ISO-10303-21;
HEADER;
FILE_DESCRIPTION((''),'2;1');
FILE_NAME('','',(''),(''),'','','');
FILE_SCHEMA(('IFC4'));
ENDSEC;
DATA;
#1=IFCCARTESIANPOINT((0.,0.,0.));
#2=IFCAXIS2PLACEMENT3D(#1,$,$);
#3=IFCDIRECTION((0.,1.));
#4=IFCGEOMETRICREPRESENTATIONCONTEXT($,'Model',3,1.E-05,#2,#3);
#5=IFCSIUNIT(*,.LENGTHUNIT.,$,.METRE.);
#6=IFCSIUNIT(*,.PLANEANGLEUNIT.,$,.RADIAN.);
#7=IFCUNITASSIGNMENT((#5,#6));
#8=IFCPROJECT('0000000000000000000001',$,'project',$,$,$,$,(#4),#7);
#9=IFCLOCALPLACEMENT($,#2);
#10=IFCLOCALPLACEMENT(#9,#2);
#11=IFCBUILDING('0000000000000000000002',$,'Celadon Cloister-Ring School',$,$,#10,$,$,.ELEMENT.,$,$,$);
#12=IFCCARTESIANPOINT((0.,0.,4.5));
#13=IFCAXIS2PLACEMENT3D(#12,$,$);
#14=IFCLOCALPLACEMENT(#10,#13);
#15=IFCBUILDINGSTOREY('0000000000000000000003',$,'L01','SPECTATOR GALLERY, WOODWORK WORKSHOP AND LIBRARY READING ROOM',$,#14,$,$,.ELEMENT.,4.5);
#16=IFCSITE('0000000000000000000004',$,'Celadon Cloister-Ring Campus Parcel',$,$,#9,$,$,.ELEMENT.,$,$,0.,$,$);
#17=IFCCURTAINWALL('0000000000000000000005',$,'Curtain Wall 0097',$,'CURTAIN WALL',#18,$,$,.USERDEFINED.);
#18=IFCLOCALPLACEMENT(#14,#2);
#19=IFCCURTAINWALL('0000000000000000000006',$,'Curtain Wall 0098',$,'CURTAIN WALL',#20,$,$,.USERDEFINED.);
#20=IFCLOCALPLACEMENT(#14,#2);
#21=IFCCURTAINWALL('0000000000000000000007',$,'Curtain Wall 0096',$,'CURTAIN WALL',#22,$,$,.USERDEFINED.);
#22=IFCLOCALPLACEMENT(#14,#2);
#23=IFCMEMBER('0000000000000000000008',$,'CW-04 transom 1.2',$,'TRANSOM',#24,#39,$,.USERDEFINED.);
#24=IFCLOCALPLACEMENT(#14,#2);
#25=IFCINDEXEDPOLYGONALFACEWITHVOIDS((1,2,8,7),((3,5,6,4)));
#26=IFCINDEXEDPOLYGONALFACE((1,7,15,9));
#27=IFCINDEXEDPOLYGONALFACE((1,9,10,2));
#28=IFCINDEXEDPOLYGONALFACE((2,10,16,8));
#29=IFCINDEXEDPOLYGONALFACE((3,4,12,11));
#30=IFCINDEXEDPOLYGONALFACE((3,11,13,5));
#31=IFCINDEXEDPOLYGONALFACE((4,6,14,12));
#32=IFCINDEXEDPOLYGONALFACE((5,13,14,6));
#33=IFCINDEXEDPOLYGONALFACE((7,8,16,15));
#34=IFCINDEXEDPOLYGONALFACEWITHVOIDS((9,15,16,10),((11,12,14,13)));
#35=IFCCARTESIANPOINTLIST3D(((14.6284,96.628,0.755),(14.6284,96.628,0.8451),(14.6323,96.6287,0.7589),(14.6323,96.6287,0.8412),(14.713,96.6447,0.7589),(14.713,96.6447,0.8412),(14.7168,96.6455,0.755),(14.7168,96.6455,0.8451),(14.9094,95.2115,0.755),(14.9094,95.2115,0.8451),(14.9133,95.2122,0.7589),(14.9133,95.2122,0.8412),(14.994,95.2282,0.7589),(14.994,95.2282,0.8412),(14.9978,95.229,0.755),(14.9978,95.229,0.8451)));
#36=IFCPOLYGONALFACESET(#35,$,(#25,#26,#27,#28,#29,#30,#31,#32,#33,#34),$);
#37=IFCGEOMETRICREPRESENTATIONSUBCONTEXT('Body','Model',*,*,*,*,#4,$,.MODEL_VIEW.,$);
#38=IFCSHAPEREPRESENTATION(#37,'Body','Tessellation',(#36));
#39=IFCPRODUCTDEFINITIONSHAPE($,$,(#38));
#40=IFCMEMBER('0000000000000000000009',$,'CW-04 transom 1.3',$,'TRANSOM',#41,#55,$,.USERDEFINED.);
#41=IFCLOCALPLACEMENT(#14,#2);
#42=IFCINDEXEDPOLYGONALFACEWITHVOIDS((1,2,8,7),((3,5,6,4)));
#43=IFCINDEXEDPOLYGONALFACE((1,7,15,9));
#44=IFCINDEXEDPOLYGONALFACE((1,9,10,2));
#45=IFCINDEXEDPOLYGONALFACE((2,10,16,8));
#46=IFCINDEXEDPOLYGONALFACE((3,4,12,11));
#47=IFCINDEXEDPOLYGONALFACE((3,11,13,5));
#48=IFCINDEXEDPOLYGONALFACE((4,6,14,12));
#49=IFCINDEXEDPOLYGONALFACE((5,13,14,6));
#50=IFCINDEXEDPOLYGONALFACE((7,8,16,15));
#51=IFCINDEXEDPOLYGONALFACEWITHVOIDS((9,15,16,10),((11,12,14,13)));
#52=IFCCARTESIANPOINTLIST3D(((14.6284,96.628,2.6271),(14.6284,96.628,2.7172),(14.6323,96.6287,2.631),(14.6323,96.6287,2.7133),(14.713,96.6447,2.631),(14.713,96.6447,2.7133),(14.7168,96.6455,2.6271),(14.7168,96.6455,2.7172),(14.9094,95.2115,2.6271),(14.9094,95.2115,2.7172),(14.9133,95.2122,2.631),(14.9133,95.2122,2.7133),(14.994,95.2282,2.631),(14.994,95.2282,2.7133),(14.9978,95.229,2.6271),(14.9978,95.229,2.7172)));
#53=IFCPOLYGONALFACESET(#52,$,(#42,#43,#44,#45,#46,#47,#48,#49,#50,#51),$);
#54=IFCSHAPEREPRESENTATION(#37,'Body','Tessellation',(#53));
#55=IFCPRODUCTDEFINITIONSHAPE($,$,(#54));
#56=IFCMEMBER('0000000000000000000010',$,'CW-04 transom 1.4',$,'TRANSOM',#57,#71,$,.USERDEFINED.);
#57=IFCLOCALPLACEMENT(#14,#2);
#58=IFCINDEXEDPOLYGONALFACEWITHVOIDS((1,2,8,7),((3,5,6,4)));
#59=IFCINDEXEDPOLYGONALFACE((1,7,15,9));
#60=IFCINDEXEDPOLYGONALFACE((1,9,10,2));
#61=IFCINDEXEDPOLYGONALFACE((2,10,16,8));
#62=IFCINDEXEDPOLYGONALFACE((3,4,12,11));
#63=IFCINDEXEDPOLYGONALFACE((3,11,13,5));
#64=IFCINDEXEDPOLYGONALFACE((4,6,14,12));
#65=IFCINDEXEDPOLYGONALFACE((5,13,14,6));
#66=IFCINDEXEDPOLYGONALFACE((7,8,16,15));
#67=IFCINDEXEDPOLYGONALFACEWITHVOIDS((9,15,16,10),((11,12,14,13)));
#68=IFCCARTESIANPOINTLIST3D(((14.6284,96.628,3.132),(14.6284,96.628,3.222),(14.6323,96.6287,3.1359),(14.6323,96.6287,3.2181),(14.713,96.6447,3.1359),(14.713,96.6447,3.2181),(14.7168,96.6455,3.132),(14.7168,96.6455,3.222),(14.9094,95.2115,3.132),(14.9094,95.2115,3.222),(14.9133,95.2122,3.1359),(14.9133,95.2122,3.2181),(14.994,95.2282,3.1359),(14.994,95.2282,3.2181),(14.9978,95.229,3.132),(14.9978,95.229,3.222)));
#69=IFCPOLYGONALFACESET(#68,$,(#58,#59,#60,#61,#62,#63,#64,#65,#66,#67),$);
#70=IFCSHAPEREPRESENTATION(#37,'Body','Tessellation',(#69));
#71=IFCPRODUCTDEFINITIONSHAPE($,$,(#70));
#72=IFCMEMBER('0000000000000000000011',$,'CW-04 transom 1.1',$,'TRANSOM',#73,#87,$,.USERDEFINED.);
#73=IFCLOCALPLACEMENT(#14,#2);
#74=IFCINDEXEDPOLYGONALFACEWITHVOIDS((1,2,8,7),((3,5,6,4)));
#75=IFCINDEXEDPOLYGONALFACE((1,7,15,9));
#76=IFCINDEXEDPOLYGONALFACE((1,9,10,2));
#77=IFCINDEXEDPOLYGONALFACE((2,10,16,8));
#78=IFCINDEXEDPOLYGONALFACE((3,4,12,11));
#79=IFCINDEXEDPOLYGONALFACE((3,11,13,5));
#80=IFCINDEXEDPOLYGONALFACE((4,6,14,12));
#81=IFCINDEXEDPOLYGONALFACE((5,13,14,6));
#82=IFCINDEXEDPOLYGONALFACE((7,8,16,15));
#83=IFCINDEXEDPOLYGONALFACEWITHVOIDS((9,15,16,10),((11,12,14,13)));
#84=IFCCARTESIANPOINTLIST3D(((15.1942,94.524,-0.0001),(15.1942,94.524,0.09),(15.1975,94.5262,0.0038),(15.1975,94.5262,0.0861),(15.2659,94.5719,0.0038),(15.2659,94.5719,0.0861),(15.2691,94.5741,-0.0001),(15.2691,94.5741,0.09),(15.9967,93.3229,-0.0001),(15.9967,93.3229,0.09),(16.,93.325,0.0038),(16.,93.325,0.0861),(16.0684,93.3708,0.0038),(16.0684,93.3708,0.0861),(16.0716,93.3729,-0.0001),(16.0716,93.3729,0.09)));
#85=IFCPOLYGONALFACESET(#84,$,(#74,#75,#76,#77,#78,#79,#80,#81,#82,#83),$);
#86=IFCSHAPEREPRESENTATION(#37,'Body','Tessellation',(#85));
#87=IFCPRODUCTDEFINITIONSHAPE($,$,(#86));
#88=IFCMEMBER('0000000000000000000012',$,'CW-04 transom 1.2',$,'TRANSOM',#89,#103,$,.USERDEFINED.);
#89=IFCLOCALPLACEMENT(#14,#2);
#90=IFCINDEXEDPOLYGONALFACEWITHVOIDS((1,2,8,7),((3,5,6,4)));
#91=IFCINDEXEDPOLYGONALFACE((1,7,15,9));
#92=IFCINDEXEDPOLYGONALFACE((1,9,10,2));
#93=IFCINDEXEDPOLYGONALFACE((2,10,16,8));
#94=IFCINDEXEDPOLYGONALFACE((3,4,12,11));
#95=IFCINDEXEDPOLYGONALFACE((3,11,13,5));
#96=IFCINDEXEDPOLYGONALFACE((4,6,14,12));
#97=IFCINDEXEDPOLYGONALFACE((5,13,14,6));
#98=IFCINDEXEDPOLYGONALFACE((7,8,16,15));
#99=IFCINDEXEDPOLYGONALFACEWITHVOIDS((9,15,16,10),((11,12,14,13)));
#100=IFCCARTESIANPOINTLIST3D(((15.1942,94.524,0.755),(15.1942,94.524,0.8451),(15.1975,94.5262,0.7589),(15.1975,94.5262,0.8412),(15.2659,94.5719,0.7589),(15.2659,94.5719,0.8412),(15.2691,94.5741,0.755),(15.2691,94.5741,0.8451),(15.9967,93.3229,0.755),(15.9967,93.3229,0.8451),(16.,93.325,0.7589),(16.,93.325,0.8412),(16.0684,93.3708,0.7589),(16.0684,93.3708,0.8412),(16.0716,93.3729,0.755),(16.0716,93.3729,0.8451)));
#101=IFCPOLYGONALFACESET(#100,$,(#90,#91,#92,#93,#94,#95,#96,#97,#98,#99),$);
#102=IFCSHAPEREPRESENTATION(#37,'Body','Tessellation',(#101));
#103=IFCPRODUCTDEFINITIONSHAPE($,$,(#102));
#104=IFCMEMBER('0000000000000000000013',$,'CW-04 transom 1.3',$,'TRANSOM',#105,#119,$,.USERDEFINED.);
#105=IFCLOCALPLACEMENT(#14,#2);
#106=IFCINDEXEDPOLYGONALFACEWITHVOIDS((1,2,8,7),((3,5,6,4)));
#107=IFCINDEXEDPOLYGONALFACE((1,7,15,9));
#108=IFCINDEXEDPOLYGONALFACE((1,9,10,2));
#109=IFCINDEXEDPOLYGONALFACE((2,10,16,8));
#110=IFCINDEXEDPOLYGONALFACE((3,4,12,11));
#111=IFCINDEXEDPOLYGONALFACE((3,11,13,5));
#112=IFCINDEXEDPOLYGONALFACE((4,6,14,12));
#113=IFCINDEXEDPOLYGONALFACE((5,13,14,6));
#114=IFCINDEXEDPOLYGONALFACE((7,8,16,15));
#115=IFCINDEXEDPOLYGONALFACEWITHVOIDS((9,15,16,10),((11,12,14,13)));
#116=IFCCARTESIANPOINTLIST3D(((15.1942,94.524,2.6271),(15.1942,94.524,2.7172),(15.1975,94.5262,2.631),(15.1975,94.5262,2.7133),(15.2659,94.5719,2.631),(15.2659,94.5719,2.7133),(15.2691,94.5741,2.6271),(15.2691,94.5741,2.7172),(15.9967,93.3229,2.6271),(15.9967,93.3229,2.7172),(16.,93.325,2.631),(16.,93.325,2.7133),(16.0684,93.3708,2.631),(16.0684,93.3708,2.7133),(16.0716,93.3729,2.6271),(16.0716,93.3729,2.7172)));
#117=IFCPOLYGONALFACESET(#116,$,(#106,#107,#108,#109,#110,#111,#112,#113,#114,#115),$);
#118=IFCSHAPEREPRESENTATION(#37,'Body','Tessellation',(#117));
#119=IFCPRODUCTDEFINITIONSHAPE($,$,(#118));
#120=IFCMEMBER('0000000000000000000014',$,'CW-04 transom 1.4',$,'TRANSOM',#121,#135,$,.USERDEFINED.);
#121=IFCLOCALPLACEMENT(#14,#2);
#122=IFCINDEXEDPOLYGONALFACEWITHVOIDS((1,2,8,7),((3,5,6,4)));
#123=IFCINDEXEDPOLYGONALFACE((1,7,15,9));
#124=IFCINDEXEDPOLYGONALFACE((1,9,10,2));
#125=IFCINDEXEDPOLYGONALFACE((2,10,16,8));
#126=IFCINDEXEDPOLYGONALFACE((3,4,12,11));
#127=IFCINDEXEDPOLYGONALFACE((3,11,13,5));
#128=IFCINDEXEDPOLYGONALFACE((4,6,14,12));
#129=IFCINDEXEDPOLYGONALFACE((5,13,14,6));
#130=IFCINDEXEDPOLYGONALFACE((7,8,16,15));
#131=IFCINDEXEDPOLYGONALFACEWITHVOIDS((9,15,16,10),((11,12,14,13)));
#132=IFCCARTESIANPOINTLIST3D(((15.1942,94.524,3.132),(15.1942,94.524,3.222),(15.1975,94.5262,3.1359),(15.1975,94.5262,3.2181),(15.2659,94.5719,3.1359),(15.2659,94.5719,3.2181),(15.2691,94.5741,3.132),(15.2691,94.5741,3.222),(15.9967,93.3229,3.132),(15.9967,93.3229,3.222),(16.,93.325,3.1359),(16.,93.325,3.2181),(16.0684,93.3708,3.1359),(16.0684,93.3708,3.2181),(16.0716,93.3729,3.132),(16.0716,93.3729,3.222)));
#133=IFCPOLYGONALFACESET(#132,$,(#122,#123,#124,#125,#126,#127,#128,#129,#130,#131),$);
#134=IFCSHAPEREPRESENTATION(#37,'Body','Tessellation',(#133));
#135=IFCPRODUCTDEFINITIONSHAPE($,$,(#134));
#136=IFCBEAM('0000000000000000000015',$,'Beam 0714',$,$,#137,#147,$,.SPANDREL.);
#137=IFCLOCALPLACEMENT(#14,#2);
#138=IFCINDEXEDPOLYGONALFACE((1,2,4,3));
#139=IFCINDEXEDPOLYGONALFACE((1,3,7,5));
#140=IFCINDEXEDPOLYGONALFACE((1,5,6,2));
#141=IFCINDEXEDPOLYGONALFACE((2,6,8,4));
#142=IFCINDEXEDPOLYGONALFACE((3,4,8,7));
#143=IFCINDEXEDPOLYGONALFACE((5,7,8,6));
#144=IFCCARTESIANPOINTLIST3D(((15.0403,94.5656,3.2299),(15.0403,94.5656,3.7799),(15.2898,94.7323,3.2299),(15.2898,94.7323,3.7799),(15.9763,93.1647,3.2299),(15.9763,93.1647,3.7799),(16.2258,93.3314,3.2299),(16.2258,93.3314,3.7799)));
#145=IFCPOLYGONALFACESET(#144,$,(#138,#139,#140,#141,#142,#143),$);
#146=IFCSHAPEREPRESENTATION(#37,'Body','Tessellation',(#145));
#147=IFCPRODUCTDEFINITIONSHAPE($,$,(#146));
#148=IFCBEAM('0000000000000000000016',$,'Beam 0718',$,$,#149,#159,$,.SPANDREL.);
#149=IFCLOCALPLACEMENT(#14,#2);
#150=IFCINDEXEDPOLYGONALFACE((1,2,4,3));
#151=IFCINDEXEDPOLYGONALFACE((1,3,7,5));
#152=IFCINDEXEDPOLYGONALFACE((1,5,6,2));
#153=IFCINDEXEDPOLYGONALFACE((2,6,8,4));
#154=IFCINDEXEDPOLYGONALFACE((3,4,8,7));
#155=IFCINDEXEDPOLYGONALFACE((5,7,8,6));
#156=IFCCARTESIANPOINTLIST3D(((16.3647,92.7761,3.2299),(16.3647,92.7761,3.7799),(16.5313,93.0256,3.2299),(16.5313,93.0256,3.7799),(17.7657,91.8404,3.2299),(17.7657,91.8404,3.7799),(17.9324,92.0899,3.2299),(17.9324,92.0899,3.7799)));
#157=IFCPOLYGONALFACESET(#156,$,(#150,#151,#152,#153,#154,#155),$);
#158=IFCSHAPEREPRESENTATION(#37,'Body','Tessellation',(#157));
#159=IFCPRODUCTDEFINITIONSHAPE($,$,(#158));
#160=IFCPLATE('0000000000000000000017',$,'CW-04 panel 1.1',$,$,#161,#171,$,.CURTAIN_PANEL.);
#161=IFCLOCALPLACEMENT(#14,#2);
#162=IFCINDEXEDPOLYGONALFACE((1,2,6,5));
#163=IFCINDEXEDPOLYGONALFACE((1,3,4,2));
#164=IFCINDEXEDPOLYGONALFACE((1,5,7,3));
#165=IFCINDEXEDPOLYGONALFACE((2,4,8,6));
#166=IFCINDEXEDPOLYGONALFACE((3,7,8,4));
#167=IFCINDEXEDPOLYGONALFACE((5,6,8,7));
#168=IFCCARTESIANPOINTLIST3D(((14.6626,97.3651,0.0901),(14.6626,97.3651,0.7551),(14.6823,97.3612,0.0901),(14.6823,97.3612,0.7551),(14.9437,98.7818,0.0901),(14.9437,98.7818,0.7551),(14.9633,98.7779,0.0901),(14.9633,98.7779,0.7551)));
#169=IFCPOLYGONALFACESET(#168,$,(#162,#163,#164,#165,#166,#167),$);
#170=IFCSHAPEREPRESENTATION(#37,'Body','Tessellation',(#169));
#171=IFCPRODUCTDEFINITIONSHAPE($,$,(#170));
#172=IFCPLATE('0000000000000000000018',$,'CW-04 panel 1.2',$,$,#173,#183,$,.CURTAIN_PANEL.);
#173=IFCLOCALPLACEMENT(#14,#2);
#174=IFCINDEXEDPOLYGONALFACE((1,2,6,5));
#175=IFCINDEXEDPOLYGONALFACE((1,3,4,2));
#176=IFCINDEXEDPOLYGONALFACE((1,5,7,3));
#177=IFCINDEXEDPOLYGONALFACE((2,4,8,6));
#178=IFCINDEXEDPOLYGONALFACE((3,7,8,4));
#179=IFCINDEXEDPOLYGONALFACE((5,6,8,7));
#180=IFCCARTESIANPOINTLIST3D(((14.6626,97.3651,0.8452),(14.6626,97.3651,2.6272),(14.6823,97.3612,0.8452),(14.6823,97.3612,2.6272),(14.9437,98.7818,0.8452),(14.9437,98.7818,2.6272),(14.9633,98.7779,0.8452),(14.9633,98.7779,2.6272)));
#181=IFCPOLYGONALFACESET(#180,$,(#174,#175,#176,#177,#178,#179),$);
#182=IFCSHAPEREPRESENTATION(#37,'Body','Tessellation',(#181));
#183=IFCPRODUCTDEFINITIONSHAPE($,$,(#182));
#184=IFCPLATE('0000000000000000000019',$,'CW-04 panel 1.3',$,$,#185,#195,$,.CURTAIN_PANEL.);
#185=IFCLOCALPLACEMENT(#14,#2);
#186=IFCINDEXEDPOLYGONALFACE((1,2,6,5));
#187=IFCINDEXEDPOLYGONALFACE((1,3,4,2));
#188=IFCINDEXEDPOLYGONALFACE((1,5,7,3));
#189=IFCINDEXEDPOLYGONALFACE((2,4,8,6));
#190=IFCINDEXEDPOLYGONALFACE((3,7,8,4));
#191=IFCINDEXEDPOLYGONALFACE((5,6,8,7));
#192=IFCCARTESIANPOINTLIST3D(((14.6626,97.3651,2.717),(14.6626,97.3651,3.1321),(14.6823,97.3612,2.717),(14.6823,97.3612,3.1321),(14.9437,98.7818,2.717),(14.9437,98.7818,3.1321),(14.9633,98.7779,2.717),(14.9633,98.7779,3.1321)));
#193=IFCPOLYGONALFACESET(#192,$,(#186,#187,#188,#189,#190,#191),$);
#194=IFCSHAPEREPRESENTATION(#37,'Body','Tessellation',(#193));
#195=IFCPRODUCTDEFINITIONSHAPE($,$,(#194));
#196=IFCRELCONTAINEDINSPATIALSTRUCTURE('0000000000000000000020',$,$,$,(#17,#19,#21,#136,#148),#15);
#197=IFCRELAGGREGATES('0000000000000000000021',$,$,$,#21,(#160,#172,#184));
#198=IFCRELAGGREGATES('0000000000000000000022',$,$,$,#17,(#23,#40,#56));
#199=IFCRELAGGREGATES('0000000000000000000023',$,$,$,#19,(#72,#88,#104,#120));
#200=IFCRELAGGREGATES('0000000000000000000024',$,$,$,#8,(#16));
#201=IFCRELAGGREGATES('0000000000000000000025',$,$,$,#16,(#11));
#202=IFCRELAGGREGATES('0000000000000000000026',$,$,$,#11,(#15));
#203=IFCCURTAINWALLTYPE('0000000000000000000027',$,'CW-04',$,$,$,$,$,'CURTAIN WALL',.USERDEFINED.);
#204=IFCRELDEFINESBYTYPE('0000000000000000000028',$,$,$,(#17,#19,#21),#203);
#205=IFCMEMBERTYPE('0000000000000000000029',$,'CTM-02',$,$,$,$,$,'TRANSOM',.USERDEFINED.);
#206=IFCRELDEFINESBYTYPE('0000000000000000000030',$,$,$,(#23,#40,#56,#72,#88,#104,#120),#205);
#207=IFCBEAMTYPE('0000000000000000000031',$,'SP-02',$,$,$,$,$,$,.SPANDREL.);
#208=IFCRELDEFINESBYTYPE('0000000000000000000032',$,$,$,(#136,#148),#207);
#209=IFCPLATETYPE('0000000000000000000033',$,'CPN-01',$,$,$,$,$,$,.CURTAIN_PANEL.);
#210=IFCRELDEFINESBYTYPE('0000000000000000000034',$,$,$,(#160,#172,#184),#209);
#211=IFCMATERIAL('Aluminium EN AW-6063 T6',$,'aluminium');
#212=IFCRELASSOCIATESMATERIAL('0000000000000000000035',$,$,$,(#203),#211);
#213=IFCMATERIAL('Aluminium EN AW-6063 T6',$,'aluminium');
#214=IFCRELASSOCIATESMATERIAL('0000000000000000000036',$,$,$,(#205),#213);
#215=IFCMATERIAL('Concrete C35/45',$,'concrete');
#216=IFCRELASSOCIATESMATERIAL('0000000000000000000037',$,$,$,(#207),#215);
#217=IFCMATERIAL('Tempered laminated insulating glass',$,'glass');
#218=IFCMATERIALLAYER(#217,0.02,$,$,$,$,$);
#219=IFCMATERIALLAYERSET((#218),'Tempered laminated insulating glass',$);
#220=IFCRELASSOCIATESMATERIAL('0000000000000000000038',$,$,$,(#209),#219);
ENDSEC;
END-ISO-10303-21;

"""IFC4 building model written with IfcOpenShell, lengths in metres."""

from ifc_helpers import new_model, si_unit, direction, frame, origin, origin_2d, place, context, subcontext, project, spatial, rectangle, hollow_rectangle, extrude, material, layer, layer_set, material_profile, profile_set, type_object, element, aggregate, save


model = new_model("IFC4")

# Units and contexts
model_context = context("Model", 3, precision=1e-05, world=origin(), true_north=direction((0.0, 1.0)))
body_context = subcontext(model_context, "Body", "Model", "MODEL_VIEW")
ifc_project = project(units=[si_unit("LENGTHUNIT", "METRE"), si_unit("PLANEANGLEUNIT", "RADIAN")], contexts=[model_context])

# Site, building, storey
site_placement = place(None, origin())
site = spatial("IfcSite", under=ifc_project, at=site_placement, Name="Celadon Cloister-Ring Campus Parcel", CompositionType="ELEMENT", RefElevation=0.0)
building_placement = place(site_placement, origin())
building = spatial("IfcBuilding", under=site, at=building_placement, Name="Celadon Cloister-Ring School", CompositionType="ELEMENT")
storey_placement = place(building_placement, frame((0.0, 0.0, 4.5)))
storey = spatial("IfcBuildingStorey", under=building, at=storey_placement, Name="L01", Description="SPECTATOR GALLERY, WOODWORK WORKSHOP AND LIBRARY READING ROOM", CompositionType="ELEMENT", Elevation=4.5)

# Curtain wall
ifc_material_1 = material(Name="Aluminium EN AW-6063 T6", Category="aluminium")
curtain_wall_type = type_object("IfcCurtainWallType", Name="CW-04", ElementType="CURTAIN WALL", PredefinedType="USERDEFINED", material=ifc_material_1)
curtain_wall_1_placement = place(storey_placement, origin())
curtain_wall_1 = element("IfcCurtainWall", 1, at=curtain_wall_1_placement, inside=storey, type_object=curtain_wall_type, Name="Curtain Wall 0097", ObjectType="CURTAIN WALL", PredefinedType="USERDEFINED")

# Curtain walls
curtain_wall_2_placement = place(storey_placement, origin())
curtain_wall_2 = element("IfcCurtainWall", 2, at=curtain_wall_2_placement, inside=storey, type_object=curtain_wall_type, Name="Curtain Wall 0098", ObjectType="CURTAIN WALL", PredefinedType="USERDEFINED")
curtain_wall_3_placement = place(storey_placement, origin())
curtain_wall_3 = element("IfcCurtainWall", 3, at=curtain_wall_3_placement, inside=storey, type_object=curtain_wall_type, Name="Curtain Wall 0096", ObjectType="CURTAIN WALL", PredefinedType="USERDEFINED")
ifc_material_2 = material(Name="Aluminium EN AW-6063 T6", Category="aluminium")
ifc_material_profile_1 = material_profile(ifc_material_2, hollow_rectangle(XDim=0.0901, YDim=0.0901, WallThickness=0.0039, at=origin_2d()), Name="RHS90X90X4")
ifc_profile_set_1 = profile_set([ifc_material_profile_1], Name="Aluminium EN AW-6063 T6")
member_type_1 = type_object("IfcMemberType", Name="CTM-02", ElementType="TRANSOM", PredefinedType="USERDEFINED", material=ifc_profile_set_1)

# Members
member_1_placement = place(storey_placement, frame((14.6726, 96.6367, 0.8), z_axis=(0.194588, -0.980885, 0.0), x_axis=(0.980885, 0.194588, 0.0)))
member_1 = element("IfcMember", 4, at=member_1_placement, type_object=member_type_1, Name="CW-04 transom 1.2", ObjectType="TRANSOM", PredefinedType="USERDEFINED", context=body_context, shape_type="SweptSolid", body=[
    extrude(hollow_rectangle(XDim=0.0901, YDim=0.0901, WallThickness=0.0039, at=origin_2d()), origin(), (0.0, 0.0, 1.0), 1.4441),
])
member_2_placement = place(storey_placement, frame((14.6726, 96.6367, 2.6721), z_axis=(0.194588, -0.980885, 0.0), x_axis=(0.980885, 0.194588, 0.0)))
member_2 = element("IfcMember", 5, at=member_2_placement, type_object=member_type_1, Name="CW-04 transom 1.3", ObjectType="TRANSOM", PredefinedType="USERDEFINED", context=body_context, shape_type="SweptSolid", body=[
    extrude(hollow_rectangle(XDim=0.0901, YDim=0.0901, WallThickness=0.0039, at=origin_2d()), origin(), (0.0, 0.0, 1.0), 1.4441),
])
member_3_placement = place(storey_placement, frame((14.6726, 96.6367, 3.177), z_axis=(0.194588, -0.980885, 0.0), x_axis=(0.980885, 0.194588, 0.0)))
member_3 = element("IfcMember", 6, at=member_3_placement, type_object=member_type_1, Name="CW-04 transom 1.4", ObjectType="TRANSOM", PredefinedType="USERDEFINED", context=body_context, shape_type="SweptSolid", body=[
    extrude(hollow_rectangle(XDim=0.0901, YDim=0.0901, WallThickness=0.0039, at=origin_2d()), origin(), (0.0, 0.0, 1.0), 1.4441),
])
member_4_placement = place(storey_placement, frame((15.2317, 94.5491, 0.0449), z_axis=(0.555519, -0.831504, 0.0), x_axis=(0.831504, 0.555519, 0.0)))
member_4 = element("IfcMember", 7, at=member_4_placement, type_object=member_type_1, Name="CW-04 transom 1.1", ObjectType="TRANSOM", PredefinedType="USERDEFINED", context=body_context, shape_type="SweptSolid", body=[
    extrude(hollow_rectangle(XDim=0.0901, YDim=0.0901, WallThickness=0.0039, at=origin_2d()), origin(), (0.0, 0.0, 1.0), 1.4446),
])
member_5_placement = place(storey_placement, frame((15.2317, 94.5491, 0.8), z_axis=(0.555519, -0.831504, 0.0), x_axis=(0.831504, 0.555519, 0.0)))
member_5 = element("IfcMember", 8, at=member_5_placement, type_object=member_type_1, Name="CW-04 transom 1.2", ObjectType="TRANSOM", PredefinedType="USERDEFINED", context=body_context, shape_type="SweptSolid", body=[
    extrude(hollow_rectangle(XDim=0.0901, YDim=0.0901, WallThickness=0.0039, at=origin_2d()), origin(), (0.0, 0.0, 1.0), 1.4446),
])
member_6_placement = place(storey_placement, frame((15.2317, 94.5491, 2.6721), z_axis=(0.555519, -0.831504, 0.0), x_axis=(0.831504, 0.555519, 0.0)))
member_6 = element("IfcMember", 9, at=member_6_placement, type_object=member_type_1, Name="CW-04 transom 1.3", ObjectType="TRANSOM", PredefinedType="USERDEFINED", context=body_context, shape_type="SweptSolid", body=[
    extrude(hollow_rectangle(XDim=0.0901, YDim=0.0901, WallThickness=0.0039, at=origin_2d()), origin(), (0.0, 0.0, 1.0), 1.4446),
])
member_7_placement = place(storey_placement, frame((15.2317, 94.5491, 3.177), z_axis=(0.555519, -0.831504, 0.0), x_axis=(0.831504, 0.555519, 0.0)))
member_7 = element("IfcMember", 10, at=member_7_placement, type_object=member_type_1, Name="CW-04 transom 1.4", ObjectType="TRANSOM", PredefinedType="USERDEFINED", context=body_context, shape_type="SweptSolid", body=[
    extrude(hollow_rectangle(XDim=0.0901, YDim=0.0901, WallThickness=0.0039, at=origin_2d()), origin(), (0.0, 0.0, 1.0), 1.4446),
])

# Beams
ifc_material_3 = material(Name="Concrete C35/45", Category="concrete")
ifc_material_profile_2 = material_profile(ifc_material_3, rectangle(XDim=0.3, YDim=0.55, at=origin_2d()), Name="RC300X550")
ifc_profile_set_2 = profile_set([ifc_material_profile_2], Name="Concrete C35/45")
beam_type = type_object("IfcBeamType", Name="SP-02", PredefinedType="SPANDREL", material=ifc_profile_set_2)
for number, where, z_axis, x_axis, name in (
    (11, (15.165, 94.6489, 3.5049), (0.555569, -0.83147, 0.0), (0.83147, 0.555569, 0.0), "Beam 0714"),
    (12, (16.448, 92.9009, 3.5049), (0.831582, -0.555402, 0.0), (0.555402, 0.831582, 0.0), "Beam 0718"),
):
    element("IfcBeam", number, at=place(storey_placement, frame(where, z_axis=z_axis, x_axis=x_axis)), inside=storey, type_object=beam_type, Name=name, PredefinedType="SPANDREL", context=body_context, shape_type="SweptSolid", body=[
        extrude(rectangle(XDim=0.3, YDim=0.55, at=origin_2d()), origin(), (0.0, 0.0, 1.0), 1.6848),
    ])

# Plates
ifc_material_4 = material(Name="Tempered laminated insulating glass", Category="glass")
ifc_layer_1 = layer(ifc_material_4, 0.02)
ifc_layer_set_1 = layer_set([ifc_layer_1], Name="Tempered laminated insulating glass")
plate_type = type_object("IfcPlateType", Name="CPN-01", PredefinedType="CURTAIN_PANEL", material=ifc_layer_set_1)
plate_1_placement = place(storey_placement, frame((14.813, 98.0715, 0.0901), z_axis=(0.0, 0.0, 1.0), x_axis=(-0.194586, -0.980885, 0.0)))
plate_1 = element("IfcPlate", 13, at=plate_1_placement, type_object=plate_type, Name="CW-04 panel 1.1", PredefinedType="CURTAIN_PANEL", context=body_context, shape_type="SweptSolid", body=[
    extrude(rectangle(XDim=1.4443, YDim=0.02, at=origin_2d()), origin(), (0.0, 0.0, 1.0), 0.665),
])
plate_2_placement = place(storey_placement, frame((14.813, 98.0715, 0.8452), z_axis=(0.0, 0.0, 1.0), x_axis=(-0.194586, -0.980885, 0.0)))
plate_2 = element("IfcPlate", 14, at=plate_2_placement, type_object=plate_type, Name="CW-04 panel 1.2", PredefinedType="CURTAIN_PANEL", context=body_context, shape_type="SweptSolid", body=[
    extrude(rectangle(XDim=1.4443, YDim=0.02, at=origin_2d()), origin(), (0.0, 0.0, 1.0), 1.782),
])
plate_3_placement = place(storey_placement, frame((14.813, 98.0715, 2.717), z_axis=(0.0, 0.0, 1.0), x_axis=(-0.194586, -0.980885, 0.0)))
plate_3 = element("IfcPlate", 15, at=plate_3_placement, type_object=plate_type, Name="CW-04 panel 1.3", PredefinedType="CURTAIN_PANEL", context=body_context, shape_type="SweptSolid", body=[
    extrude(rectangle(XDim=1.4443, YDim=0.02, at=origin_2d()), origin(), (0.0, 0.0, 1.0), 0.415),
])
aggregate(curtain_wall_3, [plate_1, plate_2, plate_3])
aggregate(curtain_wall_1, [member_1, member_2, member_3])
aggregate(curtain_wall_2, [member_4, member_5, member_6, member_7])

save(model, "model.ifc")
